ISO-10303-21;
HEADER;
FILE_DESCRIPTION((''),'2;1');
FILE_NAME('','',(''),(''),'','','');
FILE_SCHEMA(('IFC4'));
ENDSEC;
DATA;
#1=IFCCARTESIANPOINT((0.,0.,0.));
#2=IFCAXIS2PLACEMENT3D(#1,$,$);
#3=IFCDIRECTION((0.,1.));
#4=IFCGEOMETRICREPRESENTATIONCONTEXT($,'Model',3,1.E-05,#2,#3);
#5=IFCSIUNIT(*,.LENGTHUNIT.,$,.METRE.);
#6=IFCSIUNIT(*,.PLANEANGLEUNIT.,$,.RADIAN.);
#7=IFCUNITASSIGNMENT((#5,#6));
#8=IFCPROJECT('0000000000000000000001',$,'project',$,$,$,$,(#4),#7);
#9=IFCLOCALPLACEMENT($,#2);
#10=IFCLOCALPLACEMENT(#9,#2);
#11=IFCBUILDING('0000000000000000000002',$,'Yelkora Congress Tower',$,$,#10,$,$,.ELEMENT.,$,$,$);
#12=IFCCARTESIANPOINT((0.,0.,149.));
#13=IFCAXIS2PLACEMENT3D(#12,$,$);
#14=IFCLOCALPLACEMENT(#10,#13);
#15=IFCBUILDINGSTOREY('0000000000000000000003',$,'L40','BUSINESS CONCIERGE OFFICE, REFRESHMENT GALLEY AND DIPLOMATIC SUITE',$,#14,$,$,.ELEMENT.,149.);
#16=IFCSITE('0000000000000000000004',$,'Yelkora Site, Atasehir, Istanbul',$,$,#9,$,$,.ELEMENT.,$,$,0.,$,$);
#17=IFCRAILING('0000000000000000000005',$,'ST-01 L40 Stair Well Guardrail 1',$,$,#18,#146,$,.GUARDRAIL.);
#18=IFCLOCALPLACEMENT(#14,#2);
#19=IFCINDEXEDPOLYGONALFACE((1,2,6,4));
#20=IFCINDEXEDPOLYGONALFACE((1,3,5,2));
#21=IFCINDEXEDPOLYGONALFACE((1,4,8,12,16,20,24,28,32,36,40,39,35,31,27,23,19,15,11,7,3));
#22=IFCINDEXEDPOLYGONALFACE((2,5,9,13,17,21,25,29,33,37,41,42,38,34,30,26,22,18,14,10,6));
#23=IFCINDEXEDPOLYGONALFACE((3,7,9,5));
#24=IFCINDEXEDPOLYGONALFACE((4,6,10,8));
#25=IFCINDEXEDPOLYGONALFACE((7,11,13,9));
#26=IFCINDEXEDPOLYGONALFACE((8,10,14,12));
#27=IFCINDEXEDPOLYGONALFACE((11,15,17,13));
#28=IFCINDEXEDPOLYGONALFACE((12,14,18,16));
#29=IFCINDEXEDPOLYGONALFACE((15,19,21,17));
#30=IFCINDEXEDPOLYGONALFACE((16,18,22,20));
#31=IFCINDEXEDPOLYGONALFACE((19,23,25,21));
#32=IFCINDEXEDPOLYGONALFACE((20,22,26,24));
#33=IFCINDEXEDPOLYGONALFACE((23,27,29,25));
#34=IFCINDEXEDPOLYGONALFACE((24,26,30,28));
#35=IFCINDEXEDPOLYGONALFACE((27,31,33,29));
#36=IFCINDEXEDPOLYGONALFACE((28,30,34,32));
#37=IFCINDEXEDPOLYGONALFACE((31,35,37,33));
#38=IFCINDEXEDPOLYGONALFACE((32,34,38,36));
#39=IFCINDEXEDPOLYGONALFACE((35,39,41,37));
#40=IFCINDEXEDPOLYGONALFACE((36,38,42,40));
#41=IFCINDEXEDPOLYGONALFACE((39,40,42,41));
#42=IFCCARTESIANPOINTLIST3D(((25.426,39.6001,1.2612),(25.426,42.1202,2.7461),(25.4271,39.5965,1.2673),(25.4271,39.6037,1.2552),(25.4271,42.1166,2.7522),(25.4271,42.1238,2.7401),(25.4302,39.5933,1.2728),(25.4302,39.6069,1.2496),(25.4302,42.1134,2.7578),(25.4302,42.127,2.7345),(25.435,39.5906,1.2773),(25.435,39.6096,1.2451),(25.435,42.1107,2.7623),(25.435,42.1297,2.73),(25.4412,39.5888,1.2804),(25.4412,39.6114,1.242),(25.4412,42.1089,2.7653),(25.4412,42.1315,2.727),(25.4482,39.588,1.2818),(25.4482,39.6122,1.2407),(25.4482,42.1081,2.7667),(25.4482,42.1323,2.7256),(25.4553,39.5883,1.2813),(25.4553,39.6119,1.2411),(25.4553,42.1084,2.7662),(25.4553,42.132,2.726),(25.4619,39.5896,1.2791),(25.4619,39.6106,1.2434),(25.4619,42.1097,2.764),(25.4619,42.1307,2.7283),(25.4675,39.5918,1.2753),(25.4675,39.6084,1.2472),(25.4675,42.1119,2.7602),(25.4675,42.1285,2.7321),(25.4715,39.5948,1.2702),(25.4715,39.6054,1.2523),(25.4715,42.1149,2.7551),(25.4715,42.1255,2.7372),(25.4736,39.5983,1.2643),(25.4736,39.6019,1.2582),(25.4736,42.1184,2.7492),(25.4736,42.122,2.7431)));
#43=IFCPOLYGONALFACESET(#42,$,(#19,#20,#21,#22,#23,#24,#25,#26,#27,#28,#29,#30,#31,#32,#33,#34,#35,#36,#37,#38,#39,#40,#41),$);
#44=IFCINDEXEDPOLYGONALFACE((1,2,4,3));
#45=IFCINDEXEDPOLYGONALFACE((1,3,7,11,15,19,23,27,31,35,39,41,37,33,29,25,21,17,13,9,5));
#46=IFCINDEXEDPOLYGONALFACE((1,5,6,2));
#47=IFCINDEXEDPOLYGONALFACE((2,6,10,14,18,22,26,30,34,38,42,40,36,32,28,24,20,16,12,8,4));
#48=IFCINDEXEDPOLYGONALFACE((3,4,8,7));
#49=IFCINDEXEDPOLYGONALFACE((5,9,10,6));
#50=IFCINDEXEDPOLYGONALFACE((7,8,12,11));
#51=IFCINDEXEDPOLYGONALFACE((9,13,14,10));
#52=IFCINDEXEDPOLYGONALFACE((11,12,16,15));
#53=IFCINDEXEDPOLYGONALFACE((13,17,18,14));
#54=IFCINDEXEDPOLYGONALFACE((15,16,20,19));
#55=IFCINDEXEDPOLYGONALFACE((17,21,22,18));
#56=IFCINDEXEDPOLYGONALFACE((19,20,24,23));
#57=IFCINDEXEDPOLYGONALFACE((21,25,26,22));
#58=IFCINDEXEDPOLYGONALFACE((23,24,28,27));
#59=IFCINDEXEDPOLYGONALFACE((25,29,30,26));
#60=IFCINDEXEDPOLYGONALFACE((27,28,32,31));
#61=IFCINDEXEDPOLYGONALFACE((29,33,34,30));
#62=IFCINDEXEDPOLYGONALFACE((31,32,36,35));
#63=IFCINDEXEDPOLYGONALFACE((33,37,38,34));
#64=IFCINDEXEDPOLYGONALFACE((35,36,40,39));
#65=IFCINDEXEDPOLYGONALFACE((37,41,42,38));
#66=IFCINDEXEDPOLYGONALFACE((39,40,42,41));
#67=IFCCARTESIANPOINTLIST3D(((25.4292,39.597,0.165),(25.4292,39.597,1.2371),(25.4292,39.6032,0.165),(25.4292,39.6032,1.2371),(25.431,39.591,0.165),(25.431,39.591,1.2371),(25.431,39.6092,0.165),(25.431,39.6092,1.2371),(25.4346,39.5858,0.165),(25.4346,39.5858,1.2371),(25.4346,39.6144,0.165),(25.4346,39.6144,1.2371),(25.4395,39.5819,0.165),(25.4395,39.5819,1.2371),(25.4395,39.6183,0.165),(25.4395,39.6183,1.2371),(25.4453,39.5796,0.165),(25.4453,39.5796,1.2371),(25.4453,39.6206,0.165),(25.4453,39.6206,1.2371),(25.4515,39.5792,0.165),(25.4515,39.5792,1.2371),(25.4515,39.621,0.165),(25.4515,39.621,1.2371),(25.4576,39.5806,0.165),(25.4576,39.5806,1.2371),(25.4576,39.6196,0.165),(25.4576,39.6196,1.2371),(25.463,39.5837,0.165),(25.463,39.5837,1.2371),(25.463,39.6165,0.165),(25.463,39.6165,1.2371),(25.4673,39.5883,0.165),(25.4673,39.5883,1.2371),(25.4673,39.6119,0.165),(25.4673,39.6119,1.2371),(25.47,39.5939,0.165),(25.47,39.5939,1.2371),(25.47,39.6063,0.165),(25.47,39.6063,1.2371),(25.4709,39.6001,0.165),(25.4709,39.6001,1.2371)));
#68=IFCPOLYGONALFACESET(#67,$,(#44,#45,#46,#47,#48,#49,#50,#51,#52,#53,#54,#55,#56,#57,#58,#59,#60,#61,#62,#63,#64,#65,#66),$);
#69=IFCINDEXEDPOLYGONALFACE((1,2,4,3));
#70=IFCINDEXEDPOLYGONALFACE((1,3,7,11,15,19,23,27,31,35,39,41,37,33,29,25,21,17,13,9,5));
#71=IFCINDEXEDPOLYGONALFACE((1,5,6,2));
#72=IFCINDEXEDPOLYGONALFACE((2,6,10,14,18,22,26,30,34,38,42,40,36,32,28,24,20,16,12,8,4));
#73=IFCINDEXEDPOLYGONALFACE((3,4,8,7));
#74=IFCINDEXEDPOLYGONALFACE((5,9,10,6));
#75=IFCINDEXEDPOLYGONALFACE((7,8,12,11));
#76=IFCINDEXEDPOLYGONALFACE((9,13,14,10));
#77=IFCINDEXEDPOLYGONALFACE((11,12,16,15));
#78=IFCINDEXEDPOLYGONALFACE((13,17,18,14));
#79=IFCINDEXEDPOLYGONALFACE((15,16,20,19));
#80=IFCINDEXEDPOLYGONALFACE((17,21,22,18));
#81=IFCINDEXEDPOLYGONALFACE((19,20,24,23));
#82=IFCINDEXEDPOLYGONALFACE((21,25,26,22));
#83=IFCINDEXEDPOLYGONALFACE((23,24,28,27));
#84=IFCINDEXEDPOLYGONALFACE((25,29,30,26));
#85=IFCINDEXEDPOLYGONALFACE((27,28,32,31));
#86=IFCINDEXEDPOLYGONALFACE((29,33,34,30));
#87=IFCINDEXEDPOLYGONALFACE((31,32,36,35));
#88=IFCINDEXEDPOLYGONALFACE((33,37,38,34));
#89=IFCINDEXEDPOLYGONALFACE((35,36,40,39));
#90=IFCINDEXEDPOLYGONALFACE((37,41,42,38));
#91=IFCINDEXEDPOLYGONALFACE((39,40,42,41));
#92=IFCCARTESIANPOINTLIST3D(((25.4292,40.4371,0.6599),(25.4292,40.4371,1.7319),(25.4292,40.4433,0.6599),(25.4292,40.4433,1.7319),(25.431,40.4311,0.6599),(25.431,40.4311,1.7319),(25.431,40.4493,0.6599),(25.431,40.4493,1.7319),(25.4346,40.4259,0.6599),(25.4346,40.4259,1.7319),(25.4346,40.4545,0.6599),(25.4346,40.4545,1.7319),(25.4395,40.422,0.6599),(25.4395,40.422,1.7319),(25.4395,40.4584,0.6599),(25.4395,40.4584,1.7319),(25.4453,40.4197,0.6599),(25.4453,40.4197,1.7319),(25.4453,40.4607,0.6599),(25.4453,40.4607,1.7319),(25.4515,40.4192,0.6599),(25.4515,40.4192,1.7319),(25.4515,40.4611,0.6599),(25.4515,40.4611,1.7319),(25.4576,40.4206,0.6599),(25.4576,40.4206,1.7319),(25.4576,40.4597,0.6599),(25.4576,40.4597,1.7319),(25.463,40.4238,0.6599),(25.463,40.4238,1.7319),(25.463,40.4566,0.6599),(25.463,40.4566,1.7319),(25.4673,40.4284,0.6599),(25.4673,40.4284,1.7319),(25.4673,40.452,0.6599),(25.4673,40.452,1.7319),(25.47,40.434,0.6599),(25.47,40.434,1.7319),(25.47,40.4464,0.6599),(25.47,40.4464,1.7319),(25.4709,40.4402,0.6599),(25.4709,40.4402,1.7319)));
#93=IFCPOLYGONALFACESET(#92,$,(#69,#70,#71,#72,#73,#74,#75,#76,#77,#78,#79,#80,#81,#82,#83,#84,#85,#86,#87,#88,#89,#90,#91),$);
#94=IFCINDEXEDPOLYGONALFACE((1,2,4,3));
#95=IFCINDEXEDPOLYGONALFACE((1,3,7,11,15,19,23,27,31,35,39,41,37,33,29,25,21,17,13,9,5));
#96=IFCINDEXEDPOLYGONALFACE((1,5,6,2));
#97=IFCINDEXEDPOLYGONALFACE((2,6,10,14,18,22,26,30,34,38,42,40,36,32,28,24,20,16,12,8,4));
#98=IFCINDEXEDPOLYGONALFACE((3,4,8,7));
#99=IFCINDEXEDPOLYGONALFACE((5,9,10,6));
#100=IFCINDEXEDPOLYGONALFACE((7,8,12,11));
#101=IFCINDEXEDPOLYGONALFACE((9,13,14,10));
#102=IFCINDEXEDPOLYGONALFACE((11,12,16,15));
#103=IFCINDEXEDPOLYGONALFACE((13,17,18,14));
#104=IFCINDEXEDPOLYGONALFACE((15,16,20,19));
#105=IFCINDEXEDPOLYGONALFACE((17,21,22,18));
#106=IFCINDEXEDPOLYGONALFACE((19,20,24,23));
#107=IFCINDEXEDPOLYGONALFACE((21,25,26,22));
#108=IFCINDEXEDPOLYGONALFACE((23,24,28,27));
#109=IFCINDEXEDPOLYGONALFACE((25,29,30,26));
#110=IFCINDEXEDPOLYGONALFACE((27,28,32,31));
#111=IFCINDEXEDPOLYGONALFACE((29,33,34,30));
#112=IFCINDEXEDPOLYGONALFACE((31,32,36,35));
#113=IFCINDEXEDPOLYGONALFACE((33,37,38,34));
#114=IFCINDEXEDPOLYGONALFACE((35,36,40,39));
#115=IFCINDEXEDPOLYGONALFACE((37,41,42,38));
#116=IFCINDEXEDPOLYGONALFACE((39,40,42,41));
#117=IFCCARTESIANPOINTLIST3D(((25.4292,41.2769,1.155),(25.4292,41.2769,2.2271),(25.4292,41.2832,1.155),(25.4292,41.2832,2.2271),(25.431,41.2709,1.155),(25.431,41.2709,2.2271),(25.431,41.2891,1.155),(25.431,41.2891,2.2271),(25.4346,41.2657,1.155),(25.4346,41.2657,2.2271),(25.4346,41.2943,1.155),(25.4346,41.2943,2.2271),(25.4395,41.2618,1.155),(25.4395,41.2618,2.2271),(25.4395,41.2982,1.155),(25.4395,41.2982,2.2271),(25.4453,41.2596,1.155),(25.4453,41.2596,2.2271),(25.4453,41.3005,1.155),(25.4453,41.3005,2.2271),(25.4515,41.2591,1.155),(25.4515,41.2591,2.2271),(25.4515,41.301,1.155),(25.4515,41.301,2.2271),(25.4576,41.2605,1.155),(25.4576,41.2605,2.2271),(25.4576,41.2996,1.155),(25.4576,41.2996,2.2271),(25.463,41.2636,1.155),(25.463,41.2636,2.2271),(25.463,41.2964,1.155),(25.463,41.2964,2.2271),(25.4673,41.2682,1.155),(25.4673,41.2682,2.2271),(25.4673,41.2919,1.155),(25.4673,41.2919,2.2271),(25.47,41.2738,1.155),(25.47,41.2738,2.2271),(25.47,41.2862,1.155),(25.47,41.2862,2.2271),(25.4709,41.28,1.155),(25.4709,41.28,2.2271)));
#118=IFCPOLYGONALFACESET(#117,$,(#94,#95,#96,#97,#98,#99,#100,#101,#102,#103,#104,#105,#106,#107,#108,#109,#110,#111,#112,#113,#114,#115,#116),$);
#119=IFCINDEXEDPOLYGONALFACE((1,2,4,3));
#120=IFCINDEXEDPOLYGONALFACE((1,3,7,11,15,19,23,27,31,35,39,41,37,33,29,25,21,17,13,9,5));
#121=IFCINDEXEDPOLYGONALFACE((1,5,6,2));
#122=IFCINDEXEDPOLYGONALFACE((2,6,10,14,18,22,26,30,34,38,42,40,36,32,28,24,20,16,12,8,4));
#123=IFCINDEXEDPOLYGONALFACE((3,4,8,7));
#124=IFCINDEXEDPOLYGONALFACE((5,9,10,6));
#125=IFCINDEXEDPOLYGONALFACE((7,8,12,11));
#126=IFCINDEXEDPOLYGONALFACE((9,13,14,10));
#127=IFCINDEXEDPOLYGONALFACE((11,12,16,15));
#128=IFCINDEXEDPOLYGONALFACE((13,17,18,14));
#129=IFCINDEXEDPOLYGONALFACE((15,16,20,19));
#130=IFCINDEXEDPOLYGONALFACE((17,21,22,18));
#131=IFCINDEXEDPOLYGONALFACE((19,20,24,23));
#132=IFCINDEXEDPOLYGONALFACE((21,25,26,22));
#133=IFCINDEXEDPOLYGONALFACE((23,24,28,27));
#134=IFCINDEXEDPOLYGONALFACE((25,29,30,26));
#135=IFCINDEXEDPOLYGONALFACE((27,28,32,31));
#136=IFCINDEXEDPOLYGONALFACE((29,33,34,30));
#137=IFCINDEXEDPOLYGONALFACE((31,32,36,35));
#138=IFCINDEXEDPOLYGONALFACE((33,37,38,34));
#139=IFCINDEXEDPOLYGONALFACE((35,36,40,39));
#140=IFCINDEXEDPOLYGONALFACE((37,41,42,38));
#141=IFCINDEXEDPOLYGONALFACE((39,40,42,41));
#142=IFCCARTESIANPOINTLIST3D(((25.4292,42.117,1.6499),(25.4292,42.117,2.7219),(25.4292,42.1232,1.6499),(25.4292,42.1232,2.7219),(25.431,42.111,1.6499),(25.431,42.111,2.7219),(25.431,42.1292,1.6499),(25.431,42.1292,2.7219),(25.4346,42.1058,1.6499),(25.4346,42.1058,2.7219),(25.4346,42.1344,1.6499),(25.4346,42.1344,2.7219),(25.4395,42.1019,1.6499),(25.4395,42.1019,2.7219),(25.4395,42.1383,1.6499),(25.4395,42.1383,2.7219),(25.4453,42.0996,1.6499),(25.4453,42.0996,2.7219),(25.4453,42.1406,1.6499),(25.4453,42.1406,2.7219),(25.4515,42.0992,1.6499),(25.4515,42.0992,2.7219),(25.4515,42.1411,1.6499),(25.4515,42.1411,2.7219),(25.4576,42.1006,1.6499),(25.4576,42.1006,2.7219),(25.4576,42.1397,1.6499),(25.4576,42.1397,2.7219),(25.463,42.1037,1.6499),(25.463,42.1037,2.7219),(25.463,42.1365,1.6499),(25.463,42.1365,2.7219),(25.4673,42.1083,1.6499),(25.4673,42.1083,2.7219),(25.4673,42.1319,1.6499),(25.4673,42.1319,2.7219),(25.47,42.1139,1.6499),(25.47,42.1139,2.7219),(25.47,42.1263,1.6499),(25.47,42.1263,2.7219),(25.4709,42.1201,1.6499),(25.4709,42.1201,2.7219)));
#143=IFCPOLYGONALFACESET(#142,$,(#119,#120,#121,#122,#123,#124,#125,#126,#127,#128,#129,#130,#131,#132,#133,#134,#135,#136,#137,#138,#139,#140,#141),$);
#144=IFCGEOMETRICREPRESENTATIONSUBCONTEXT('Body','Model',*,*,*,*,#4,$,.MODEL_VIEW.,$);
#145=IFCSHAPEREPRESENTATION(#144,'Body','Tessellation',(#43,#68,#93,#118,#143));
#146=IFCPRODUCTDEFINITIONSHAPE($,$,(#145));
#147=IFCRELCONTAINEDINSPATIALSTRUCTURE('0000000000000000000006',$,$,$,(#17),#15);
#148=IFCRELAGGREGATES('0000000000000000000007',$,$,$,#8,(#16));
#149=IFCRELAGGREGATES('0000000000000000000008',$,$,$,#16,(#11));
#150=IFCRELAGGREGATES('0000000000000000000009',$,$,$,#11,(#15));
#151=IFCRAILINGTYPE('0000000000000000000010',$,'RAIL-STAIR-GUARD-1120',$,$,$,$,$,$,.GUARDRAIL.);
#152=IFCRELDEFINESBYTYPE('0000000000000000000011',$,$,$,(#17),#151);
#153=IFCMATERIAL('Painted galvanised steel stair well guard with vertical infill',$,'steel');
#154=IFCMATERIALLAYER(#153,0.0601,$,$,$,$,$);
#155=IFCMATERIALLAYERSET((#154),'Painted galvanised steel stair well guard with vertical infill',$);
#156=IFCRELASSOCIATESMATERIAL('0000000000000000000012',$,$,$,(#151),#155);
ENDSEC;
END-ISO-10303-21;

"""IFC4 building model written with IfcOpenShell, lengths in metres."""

from ifc_helpers import new_model, si_unit, direction, frame, origin, origin_2d, place, context, subcontext, project, spatial, circle, extrude, material, layer, layer_set, type_object, element, save


model = new_model("IFC4")

# Units and contexts
model_context = context("Model", 3, precision=1e-05, world=origin(), true_north=direction((0.0, 1.0)))
body_context = subcontext(model_context, "Body", "Model", "MODEL_VIEW")
ifc_project = project(units=[si_unit("LENGTHUNIT", "METRE"), si_unit("PLANEANGLEUNIT", "RADIAN")], contexts=[model_context])

# Site, building, storey
site_placement = place(None, origin())
site = spatial("IfcSite", under=ifc_project, at=site_placement, Name="Yelkora Site, Atasehir, Istanbul", CompositionType="ELEMENT", RefElevation=0.0)
building_placement = place(site_placement, origin())
building = spatial("IfcBuilding", under=site, at=building_placement, Name="Yelkora Congress Tower", CompositionType="ELEMENT")
storey_placement = place(building_placement, frame((0.0, 0.0, 149.0)))
storey = spatial("IfcBuildingStorey", under=building, at=storey_placement, Name="L40", Description="BUSINESS CONCIERGE OFFICE, REFRESHMENT GALLEY AND DIPLOMATIC SUITE", CompositionType="ELEMENT", Elevation=149.0)

# Railing
ifc_material_1 = material(Name="Painted galvanised steel stair well guard with vertical infill", Category="steel")
ifc_layer_1 = layer(ifc_material_1, 0.0601)
ifc_layer_set_1 = layer_set([ifc_layer_1], Name="Painted galvanised steel stair well guard with vertical infill")
railing_type_1 = type_object("IfcRailingType", Name="RAIL-STAIR-GUARD-1120", PredefinedType="GUARDRAIL", material=ifc_layer_set_1)
railing_1_placement = place(storey_placement, frame((25.45, 39.6001, 0.165)))
element("IfcRailing", 1, at=railing_1_placement, inside=storey, type_object=railing_type_1, Name="ST-01 L40 Stair Well Guardrail 1", PredefinedType="GUARDRAIL", context=body_context, shape_type="SweptSolid", body=[
    extrude(circle(Radius=0.0239, at=origin_2d()), frame((0.0, 0.0, 1.0962), z_axis=(0.0, 0.861561, 0.507655), x_axis=(-1.0, 0.0, 0.0)), (0.0, 0.0, 1.0), 2.925),
    extrude(circle(Radius=0.021, at=origin_2d()), origin(), (0.0, 0.0, 1.0), 1.072),
    extrude(circle(Radius=0.021, at=origin_2d()), frame((0.0, 0.8401, 0.4949)), (0.0, 0.0, 1.0), 1.072),
    extrude(circle(Radius=0.021, at=origin_2d()), frame((0.0, 1.6799, 0.99)), (0.0, 0.0, 1.0), 1.072),
    extrude(circle(Radius=0.021, at=origin_2d()), frame((0.0, 2.52, 1.4849)), (0.0, 0.0, 1.0), 1.072),
])

save(model, "model.ifc")
